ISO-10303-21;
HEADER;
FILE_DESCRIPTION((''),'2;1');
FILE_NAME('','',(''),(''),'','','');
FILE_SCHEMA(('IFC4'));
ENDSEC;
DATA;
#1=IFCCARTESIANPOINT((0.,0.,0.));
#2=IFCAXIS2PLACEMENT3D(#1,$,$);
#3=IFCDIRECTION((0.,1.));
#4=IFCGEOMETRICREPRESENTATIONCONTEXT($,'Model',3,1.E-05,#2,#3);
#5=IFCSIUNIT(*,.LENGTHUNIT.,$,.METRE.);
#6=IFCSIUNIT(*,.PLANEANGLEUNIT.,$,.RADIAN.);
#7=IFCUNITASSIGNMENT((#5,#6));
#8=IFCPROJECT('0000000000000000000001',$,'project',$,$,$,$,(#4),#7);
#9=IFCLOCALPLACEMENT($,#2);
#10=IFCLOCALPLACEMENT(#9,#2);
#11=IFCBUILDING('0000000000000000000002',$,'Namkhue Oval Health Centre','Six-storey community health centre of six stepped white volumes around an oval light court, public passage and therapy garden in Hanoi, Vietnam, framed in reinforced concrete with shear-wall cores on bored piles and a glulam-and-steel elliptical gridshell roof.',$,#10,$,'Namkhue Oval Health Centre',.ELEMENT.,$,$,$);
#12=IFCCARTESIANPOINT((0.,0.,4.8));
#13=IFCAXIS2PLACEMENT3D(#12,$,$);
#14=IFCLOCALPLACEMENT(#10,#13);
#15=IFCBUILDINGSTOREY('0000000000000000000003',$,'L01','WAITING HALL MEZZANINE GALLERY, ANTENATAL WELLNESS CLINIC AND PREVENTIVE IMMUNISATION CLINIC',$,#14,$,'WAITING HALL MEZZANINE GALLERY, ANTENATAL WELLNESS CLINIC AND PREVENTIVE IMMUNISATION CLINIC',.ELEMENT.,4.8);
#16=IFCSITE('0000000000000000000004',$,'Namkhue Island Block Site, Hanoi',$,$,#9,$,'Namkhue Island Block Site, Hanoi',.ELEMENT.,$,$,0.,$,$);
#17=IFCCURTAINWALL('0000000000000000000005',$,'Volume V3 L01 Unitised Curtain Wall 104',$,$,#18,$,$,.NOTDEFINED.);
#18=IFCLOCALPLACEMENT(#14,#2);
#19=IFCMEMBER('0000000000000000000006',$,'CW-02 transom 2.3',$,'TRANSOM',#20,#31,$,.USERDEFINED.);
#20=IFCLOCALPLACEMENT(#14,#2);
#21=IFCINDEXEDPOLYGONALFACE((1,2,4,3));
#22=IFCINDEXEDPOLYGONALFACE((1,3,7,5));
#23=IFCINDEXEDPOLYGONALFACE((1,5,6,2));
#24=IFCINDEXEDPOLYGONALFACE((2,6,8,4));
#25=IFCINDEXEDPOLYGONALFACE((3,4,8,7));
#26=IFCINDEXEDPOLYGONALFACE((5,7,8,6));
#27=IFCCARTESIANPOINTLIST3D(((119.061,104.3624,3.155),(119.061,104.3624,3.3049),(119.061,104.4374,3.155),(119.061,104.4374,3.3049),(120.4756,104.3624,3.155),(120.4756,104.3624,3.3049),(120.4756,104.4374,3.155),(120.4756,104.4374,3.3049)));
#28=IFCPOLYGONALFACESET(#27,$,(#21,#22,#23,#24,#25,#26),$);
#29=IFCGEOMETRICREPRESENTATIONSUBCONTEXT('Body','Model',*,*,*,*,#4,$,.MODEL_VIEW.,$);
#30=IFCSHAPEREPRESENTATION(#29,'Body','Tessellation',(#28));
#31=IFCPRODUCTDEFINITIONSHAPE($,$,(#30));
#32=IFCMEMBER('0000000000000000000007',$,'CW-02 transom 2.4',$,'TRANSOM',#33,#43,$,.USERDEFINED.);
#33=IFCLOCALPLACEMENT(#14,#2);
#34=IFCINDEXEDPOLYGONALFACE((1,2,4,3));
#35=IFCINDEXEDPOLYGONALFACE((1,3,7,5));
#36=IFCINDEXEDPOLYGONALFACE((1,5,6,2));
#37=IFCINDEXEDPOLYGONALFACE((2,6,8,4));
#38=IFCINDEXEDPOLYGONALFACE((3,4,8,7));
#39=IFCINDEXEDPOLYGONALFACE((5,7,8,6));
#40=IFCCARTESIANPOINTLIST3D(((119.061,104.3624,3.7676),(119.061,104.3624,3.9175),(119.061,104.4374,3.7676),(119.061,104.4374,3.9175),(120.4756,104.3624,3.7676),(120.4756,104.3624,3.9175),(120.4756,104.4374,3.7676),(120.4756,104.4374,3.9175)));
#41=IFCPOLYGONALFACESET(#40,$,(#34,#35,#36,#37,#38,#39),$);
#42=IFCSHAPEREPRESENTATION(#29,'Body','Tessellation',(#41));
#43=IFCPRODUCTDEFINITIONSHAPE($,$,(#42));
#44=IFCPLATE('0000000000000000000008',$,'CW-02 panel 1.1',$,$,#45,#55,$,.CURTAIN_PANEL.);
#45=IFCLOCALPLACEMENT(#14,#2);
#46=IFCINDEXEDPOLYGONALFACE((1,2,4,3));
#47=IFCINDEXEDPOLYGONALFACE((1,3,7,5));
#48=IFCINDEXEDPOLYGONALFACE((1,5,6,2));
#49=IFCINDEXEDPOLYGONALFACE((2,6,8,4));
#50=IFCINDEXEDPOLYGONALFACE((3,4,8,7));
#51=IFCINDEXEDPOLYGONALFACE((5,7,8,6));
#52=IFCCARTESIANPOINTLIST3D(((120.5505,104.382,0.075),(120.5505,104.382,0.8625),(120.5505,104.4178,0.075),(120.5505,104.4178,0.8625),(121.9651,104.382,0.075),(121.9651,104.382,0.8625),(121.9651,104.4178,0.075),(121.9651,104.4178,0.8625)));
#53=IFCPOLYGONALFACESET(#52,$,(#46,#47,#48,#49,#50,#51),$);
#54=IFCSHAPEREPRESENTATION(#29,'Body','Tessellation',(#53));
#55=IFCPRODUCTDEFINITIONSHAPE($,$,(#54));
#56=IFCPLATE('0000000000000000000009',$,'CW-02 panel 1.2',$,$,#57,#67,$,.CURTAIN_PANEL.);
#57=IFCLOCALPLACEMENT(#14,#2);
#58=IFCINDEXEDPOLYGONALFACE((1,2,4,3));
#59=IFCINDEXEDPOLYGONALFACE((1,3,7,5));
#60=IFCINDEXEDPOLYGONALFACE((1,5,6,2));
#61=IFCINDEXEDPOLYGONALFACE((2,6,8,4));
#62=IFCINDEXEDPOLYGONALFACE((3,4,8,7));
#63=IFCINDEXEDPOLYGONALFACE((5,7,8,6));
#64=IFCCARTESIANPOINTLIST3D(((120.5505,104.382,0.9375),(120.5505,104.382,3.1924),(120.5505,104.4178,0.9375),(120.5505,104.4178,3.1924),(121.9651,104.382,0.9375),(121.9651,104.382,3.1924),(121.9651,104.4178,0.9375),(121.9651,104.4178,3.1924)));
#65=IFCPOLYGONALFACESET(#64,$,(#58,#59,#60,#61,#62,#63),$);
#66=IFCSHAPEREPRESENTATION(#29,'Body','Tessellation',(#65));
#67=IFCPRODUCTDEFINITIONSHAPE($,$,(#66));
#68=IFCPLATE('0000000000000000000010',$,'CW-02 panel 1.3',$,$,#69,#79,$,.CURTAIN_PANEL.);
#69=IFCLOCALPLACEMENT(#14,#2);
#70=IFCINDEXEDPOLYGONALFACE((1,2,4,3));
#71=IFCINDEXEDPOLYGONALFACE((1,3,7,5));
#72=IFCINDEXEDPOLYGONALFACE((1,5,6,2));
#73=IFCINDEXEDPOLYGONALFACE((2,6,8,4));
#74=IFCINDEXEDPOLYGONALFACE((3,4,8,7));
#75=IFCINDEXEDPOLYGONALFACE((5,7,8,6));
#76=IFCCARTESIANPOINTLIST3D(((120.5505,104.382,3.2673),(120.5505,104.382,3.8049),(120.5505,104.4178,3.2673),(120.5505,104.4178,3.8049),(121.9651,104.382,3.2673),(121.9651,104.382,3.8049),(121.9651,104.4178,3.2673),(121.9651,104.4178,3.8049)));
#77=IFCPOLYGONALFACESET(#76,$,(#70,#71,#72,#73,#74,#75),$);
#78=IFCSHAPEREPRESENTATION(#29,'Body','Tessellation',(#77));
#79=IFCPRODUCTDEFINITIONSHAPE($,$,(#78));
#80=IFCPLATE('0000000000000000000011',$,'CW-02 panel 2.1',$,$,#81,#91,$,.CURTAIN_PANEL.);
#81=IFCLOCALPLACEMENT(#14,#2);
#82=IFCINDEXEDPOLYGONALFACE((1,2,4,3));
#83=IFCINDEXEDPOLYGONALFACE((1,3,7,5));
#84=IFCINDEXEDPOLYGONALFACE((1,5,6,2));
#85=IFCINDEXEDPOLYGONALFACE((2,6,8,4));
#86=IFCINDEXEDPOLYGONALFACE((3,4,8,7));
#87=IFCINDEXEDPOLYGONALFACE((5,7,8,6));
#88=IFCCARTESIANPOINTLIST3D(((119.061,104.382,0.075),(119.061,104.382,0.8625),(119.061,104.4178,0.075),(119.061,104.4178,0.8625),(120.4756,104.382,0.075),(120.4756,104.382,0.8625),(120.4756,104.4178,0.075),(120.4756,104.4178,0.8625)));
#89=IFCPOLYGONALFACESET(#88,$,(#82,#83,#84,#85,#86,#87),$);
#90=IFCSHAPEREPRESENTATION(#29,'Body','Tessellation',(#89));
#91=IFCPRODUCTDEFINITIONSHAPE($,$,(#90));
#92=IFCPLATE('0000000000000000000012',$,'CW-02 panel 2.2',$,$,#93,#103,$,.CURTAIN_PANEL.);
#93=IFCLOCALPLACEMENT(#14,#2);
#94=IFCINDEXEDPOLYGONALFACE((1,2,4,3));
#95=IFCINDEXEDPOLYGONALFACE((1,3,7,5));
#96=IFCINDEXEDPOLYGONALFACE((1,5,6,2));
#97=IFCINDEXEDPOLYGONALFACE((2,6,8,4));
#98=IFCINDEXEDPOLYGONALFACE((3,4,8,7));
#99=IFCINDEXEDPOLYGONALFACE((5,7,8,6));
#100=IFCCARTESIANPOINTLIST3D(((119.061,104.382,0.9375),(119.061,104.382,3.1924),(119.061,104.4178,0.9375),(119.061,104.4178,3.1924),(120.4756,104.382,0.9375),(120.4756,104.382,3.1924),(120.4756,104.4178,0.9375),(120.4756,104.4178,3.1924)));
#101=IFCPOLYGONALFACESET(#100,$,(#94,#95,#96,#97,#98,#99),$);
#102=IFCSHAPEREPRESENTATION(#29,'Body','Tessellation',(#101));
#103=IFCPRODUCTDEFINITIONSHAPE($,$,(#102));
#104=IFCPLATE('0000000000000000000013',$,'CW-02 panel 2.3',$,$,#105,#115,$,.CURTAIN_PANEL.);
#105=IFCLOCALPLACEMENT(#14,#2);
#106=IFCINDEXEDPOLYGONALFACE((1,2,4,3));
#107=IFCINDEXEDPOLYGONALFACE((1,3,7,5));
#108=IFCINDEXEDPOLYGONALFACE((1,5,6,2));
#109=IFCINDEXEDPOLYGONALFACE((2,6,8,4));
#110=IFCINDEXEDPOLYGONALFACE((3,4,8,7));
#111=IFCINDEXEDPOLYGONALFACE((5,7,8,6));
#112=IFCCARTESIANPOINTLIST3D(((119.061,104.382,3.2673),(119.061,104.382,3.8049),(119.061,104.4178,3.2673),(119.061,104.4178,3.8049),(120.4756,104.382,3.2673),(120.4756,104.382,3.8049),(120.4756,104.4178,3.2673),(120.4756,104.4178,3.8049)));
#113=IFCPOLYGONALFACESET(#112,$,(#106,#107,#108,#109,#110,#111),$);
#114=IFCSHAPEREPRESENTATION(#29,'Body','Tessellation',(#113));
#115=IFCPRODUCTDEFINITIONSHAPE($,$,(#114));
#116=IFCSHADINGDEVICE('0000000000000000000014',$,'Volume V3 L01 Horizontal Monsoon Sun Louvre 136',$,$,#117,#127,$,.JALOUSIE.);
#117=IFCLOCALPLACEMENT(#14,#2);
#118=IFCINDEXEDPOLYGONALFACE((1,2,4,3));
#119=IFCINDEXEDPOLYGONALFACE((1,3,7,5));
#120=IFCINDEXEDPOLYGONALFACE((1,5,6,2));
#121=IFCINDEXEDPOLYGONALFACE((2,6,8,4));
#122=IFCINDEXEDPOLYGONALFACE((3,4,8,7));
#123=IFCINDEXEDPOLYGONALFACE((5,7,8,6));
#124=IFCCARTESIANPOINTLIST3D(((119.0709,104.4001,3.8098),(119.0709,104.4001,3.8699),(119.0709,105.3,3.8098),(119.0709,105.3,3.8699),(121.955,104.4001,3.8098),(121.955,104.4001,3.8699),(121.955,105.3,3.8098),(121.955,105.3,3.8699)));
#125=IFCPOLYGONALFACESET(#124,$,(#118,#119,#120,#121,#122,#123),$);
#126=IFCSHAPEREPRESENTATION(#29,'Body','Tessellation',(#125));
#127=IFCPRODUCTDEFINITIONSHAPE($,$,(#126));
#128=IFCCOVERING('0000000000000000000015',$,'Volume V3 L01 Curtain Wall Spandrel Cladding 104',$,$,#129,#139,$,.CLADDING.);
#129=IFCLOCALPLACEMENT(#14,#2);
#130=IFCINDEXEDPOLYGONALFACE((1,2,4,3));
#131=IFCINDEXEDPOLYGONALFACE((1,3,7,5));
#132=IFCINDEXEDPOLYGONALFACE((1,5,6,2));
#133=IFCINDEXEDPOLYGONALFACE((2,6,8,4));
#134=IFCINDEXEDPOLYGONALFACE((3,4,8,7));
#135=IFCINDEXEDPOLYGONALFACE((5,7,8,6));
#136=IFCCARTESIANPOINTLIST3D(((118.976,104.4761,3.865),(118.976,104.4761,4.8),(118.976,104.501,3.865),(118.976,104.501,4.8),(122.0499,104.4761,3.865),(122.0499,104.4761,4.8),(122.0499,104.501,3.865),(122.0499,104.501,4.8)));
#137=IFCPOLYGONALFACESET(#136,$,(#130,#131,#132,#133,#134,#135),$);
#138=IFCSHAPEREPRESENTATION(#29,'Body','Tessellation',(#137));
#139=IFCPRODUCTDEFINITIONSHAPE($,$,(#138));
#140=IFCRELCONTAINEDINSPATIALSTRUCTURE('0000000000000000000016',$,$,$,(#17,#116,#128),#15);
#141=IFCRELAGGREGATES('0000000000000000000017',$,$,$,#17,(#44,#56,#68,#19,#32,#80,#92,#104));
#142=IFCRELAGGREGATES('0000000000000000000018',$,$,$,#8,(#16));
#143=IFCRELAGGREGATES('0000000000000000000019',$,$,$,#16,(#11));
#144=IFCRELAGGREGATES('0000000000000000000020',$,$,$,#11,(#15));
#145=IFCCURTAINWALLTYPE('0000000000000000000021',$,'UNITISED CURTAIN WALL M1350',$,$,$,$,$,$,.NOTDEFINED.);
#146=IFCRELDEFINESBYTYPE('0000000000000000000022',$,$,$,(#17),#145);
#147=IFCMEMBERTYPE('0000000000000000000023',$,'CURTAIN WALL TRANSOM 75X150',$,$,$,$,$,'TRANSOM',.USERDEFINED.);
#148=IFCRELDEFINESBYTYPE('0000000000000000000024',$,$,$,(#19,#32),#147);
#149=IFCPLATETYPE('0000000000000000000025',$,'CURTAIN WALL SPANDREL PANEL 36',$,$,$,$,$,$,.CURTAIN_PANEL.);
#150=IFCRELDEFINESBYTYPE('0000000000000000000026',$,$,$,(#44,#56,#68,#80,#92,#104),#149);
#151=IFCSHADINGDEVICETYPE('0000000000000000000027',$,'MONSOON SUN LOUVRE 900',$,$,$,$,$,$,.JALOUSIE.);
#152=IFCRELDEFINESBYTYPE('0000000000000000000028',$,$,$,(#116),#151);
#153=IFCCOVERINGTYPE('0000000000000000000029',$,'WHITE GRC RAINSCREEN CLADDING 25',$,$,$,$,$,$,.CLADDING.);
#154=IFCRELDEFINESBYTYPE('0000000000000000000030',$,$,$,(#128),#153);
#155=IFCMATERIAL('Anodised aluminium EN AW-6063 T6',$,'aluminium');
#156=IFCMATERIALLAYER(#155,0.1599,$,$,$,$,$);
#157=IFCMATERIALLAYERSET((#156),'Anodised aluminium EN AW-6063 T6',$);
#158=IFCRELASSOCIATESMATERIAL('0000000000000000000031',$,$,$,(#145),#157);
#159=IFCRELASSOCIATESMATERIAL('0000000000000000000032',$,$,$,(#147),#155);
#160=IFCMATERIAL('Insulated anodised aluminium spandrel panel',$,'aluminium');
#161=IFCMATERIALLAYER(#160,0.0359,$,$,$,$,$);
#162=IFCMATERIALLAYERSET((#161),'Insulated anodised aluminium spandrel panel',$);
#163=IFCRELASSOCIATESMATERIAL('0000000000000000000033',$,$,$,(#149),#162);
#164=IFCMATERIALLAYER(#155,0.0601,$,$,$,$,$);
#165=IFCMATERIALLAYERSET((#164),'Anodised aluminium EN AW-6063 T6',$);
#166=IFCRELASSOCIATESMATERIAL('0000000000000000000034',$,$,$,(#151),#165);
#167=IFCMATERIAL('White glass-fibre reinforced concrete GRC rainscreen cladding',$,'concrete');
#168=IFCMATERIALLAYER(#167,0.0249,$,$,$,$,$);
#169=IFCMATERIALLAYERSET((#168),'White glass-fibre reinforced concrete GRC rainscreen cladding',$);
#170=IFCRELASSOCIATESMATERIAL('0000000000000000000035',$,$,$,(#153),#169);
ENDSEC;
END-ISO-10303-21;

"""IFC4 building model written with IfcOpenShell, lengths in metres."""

from ifc_helpers import new_model, si_unit, direction, frame, origin, origin_2d, place, context, subcontext, project, spatial, rectangle, extrude, material, layer, layer_set, material_profile, profile_set, type_object, element, aggregate, save


model = new_model("IFC4")

# Units and contexts
model_context = context("Model", 3, precision=1e-05, world=origin(), true_north=direction((0.0, 1.0)))
body_context = subcontext(model_context, "Body", "Model", "MODEL_VIEW")
ifc_project = project(units=[si_unit("LENGTHUNIT", "METRE"), si_unit("PLANEANGLEUNIT", "RADIAN")], contexts=[model_context])

# Site, building, storey
site_placement = place(None, origin())
site = spatial("IfcSite", under=ifc_project, at=site_placement, Name="Namkhue Island Block Site, Hanoi", LongName="Namkhue Island Block Site, Hanoi", CompositionType="ELEMENT", RefElevation=0.0)
building_placement = place(site_placement, origin())
building = spatial("IfcBuilding", under=site, at=building_placement, Name="Namkhue Oval Health Centre", Description="Six-storey community health centre of six stepped white volumes around an oval light court, public passage and therapy garden in Hanoi, Vietnam, framed in reinforced concrete with shear-wall cores on bored piles and a glulam-and-steel elliptical gridshell roof.", LongName="Namkhue Oval Health Centre", CompositionType="ELEMENT")
storey_placement = place(building_placement, frame((0.0, 0.0, 4.8)))
storey = spatial("IfcBuildingStorey", under=building, at=storey_placement, Name="L01", Description="WAITING HALL MEZZANINE GALLERY, ANTENATAL WELLNESS CLINIC AND PREVENTIVE IMMUNISATION CLINIC", LongName="WAITING HALL MEZZANINE GALLERY, ANTENATAL WELLNESS CLINIC AND PREVENTIVE IMMUNISATION CLINIC", CompositionType="ELEMENT", Elevation=4.8)

# Shared definitions
ifc_material_1 = material(Name="Anodised aluminium EN AW-6063 T6", Category="aluminium")

# Curtain wall
ifc_layer_1 = layer(ifc_material_1, 0.1599)
ifc_layer_set_1 = layer_set([ifc_layer_1], Name="Anodised aluminium EN AW-6063 T6")
curtain_wall_type_1 = type_object("IfcCurtainWallType", Name="UNITISED CURTAIN WALL M1350", PredefinedType="NOTDEFINED", material=ifc_layer_set_1)
curtain_wall_1_placement = place(storey_placement, origin())
curtain_wall_1 = element("IfcCurtainWall", 1, at=curtain_wall_1_placement, inside=storey, type_object=curtain_wall_type_1, Name="Volume V3 L01 Unitised Curtain Wall 104", PredefinedType="NOTDEFINED")

# Members
ifc_material_profile_1 = material_profile(ifc_material_1, rectangle(XDim=0.075, YDim=0.1499, at=origin_2d()), Name="ALU 75x150")
ifc_profile_set_1 = profile_set([ifc_material_profile_1], Name="Anodised aluminium EN AW-6063 T6")
member_type_1 = type_object("IfcMemberType", Name="CURTAIN WALL TRANSOM 75X150", ElementType="TRANSOM", PredefinedType="USERDEFINED", material=ifc_profile_set_1)
member_1_placement = place(storey_placement, frame((120.4756, 104.3999, 3.23), z_axis=(-1.0, 0.0, 0.0), x_axis=(0.0, -1.0, 0.0)))
member_1 = element("IfcMember", 2, at=member_1_placement, type_object=member_type_1, Name="CW-02 transom 2.3", ObjectType="TRANSOM", PredefinedType="USERDEFINED", context=body_context, shape_type="SweptSolid", body=[
    extrude(rectangle(XDim=0.075, YDim=0.1499, at=origin_2d()), origin(), (0.0, 0.0, 1.0), 1.4146),
])
member_2_placement = place(storey_placement, frame((120.4756, 104.3999, 3.8425), z_axis=(-1.0, 0.0, 0.0), x_axis=(0.0, -1.0, 0.0)))
member_2 = element("IfcMember", 3, at=member_2_placement, type_object=member_type_1, Name="CW-02 transom 2.4", ObjectType="TRANSOM", PredefinedType="USERDEFINED", context=body_context, shape_type="SweptSolid", body=[
    extrude(rectangle(XDim=0.075, YDim=0.1499, at=origin_2d()), origin(), (0.0, 0.0, 1.0), 1.4146),
])

# Plates
ifc_material_2 = material(Name="Insulated anodised aluminium spandrel panel", Category="aluminium")
ifc_layer_2 = layer(ifc_material_2, 0.0359)
ifc_layer_set_2 = layer_set([ifc_layer_2], Name="Insulated anodised aluminium spandrel panel")
plate_type = type_object("IfcPlateType", Name="CURTAIN WALL SPANDREL PANEL 36", PredefinedType="CURTAIN_PANEL", material=ifc_layer_set_2)
plate_1_placement = place(storey_placement, frame((121.2578, 104.3999, 0.075), z_axis=(0.0, 0.0, 1.0), x_axis=(-1.0, 0.0, 0.0)))
plate_1 = element("IfcPlate", 4, at=plate_1_placement, type_object=plate_type, Name="CW-02 panel 1.1", PredefinedType="CURTAIN_PANEL", context=body_context, shape_type="SweptSolid", body=[
    extrude(rectangle(XDim=1.4146, YDim=0.0359, at=origin_2d()), origin(), (0.0, 0.0, 1.0), 0.7876),
])
plate_2_placement = place(storey_placement, frame((121.2578, 104.3999, 0.9375), z_axis=(0.0, 0.0, 1.0), x_axis=(-1.0, 0.0, 0.0)))
plate_2 = element("IfcPlate", 5, at=plate_2_placement, type_object=plate_type, Name="CW-02 panel 1.2", PredefinedType="CURTAIN_PANEL", context=body_context, shape_type="SweptSolid", body=[
    extrude(rectangle(XDim=1.4146, YDim=0.0359, at=origin_2d()), origin(), (0.0, 0.0, 1.0), 2.2549),
])
plate_3_placement = place(storey_placement, frame((121.2578, 104.3999, 3.2673), z_axis=(0.0, 0.0, 1.0), x_axis=(-1.0, 0.0, 0.0)))
plate_3 = element("IfcPlate", 6, at=plate_3_placement, type_object=plate_type, Name="CW-02 panel 1.3", PredefinedType="CURTAIN_PANEL", context=body_context, shape_type="SweptSolid", body=[
    extrude(rectangle(XDim=1.4146, YDim=0.0359, at=origin_2d()), origin(), (0.0, 0.0, 1.0), 0.5376),
])
plate_4_placement = place(storey_placement, frame((119.7683, 104.3999, 0.075), z_axis=(0.0, 0.0, 1.0), x_axis=(-1.0, 0.0, 0.0)))
plate_4 = element("IfcPlate", 7, at=plate_4_placement, type_object=plate_type, Name="CW-02 panel 2.1", PredefinedType="CURTAIN_PANEL", context=body_context, shape_type="SweptSolid", body=[
    extrude(rectangle(XDim=1.4146, YDim=0.0359, at=origin_2d()), origin(), (0.0, 0.0, 1.0), 0.7876),
])
plate_5_placement = place(storey_placement, frame((119.7683, 104.3999, 0.9375), z_axis=(0.0, 0.0, 1.0), x_axis=(-1.0, 0.0, 0.0)))
plate_5 = element("IfcPlate", 8, at=plate_5_placement, type_object=plate_type, Name="CW-02 panel 2.2", PredefinedType="CURTAIN_PANEL", context=body_context, shape_type="SweptSolid", body=[
    extrude(rectangle(XDim=1.4146, YDim=0.0359, at=origin_2d()), origin(), (0.0, 0.0, 1.0), 2.2549),
])
plate_6_placement = place(storey_placement, frame((119.7683, 104.3999, 3.2673), z_axis=(0.0, 0.0, 1.0), x_axis=(-1.0, 0.0, 0.0)))
plate_6 = element("IfcPlate", 9, at=plate_6_placement, type_object=plate_type, Name="CW-02 panel 2.3", PredefinedType="CURTAIN_PANEL", context=body_context, shape_type="SweptSolid", body=[
    extrude(rectangle(XDim=1.4146, YDim=0.0359, at=origin_2d()), origin(), (0.0, 0.0, 1.0), 0.5376),
])
aggregate(curtain_wall_1, [plate_1, plate_2, plate_3, member_1, member_2, plate_4, plate_5, plate_6])

# Shading device
ifc_layer_3 = layer(ifc_material_1, 0.0601)
ifc_layer_set_3 = layer_set([ifc_layer_3], Name="Anodised aluminium EN AW-6063 T6")
shading_device_type = type_object("IfcShadingDeviceType", Name="MONSOON SUN LOUVRE 900", PredefinedType="JALOUSIE", material=ifc_layer_set_3)
shading_device_placement = place(storey_placement, frame((120.5129, 104.8501, 3.8098), z_axis=(0.0, 0.0, 1.0), x_axis=(-1.0, 0.0, 0.0)))
element("IfcShadingDevice", 10, at=shading_device_placement, inside=storey, type_object=shading_device_type, Name="Volume V3 L01 Horizontal Monsoon Sun Louvre 136", PredefinedType="JALOUSIE", context=body_context, shape_type="SweptSolid", body=[
    extrude(rectangle(XDim=2.884, YDim=0.8999, at=origin_2d()), origin(), (0.0, 0.0, 1.0), 0.0601),
])

# Covering
ifc_material_3 = material(Name="White glass-fibre reinforced concrete GRC rainscreen cladding", Category="concrete")
ifc_layer_4 = layer(ifc_material_3, 0.0249)
ifc_layer_set_4 = layer_set([ifc_layer_4], Name="White glass-fibre reinforced concrete GRC rainscreen cladding")
covering_type = type_object("IfcCoveringType", Name="WHITE GRC RAINSCREEN CLADDING 25", PredefinedType="CLADDING", material=ifc_layer_set_4)
covering_placement = place(storey_placement, frame((120.5129, 104.4885, 3.865), z_axis=(0.0, 0.0, 1.0), x_axis=(-1.0, 0.0, 0.0)))
element("IfcCovering", 11, at=covering_placement, inside=storey, type_object=covering_type, Name="Volume V3 L01 Curtain Wall Spandrel Cladding 104", PredefinedType="CLADDING", context=body_context, shape_type="SweptSolid", body=[
    extrude(rectangle(XDim=3.074, YDim=0.0249, at=origin_2d()), origin(), (0.0, 0.0, 1.0), 0.9351),
])

save(model, "model.ifc")
